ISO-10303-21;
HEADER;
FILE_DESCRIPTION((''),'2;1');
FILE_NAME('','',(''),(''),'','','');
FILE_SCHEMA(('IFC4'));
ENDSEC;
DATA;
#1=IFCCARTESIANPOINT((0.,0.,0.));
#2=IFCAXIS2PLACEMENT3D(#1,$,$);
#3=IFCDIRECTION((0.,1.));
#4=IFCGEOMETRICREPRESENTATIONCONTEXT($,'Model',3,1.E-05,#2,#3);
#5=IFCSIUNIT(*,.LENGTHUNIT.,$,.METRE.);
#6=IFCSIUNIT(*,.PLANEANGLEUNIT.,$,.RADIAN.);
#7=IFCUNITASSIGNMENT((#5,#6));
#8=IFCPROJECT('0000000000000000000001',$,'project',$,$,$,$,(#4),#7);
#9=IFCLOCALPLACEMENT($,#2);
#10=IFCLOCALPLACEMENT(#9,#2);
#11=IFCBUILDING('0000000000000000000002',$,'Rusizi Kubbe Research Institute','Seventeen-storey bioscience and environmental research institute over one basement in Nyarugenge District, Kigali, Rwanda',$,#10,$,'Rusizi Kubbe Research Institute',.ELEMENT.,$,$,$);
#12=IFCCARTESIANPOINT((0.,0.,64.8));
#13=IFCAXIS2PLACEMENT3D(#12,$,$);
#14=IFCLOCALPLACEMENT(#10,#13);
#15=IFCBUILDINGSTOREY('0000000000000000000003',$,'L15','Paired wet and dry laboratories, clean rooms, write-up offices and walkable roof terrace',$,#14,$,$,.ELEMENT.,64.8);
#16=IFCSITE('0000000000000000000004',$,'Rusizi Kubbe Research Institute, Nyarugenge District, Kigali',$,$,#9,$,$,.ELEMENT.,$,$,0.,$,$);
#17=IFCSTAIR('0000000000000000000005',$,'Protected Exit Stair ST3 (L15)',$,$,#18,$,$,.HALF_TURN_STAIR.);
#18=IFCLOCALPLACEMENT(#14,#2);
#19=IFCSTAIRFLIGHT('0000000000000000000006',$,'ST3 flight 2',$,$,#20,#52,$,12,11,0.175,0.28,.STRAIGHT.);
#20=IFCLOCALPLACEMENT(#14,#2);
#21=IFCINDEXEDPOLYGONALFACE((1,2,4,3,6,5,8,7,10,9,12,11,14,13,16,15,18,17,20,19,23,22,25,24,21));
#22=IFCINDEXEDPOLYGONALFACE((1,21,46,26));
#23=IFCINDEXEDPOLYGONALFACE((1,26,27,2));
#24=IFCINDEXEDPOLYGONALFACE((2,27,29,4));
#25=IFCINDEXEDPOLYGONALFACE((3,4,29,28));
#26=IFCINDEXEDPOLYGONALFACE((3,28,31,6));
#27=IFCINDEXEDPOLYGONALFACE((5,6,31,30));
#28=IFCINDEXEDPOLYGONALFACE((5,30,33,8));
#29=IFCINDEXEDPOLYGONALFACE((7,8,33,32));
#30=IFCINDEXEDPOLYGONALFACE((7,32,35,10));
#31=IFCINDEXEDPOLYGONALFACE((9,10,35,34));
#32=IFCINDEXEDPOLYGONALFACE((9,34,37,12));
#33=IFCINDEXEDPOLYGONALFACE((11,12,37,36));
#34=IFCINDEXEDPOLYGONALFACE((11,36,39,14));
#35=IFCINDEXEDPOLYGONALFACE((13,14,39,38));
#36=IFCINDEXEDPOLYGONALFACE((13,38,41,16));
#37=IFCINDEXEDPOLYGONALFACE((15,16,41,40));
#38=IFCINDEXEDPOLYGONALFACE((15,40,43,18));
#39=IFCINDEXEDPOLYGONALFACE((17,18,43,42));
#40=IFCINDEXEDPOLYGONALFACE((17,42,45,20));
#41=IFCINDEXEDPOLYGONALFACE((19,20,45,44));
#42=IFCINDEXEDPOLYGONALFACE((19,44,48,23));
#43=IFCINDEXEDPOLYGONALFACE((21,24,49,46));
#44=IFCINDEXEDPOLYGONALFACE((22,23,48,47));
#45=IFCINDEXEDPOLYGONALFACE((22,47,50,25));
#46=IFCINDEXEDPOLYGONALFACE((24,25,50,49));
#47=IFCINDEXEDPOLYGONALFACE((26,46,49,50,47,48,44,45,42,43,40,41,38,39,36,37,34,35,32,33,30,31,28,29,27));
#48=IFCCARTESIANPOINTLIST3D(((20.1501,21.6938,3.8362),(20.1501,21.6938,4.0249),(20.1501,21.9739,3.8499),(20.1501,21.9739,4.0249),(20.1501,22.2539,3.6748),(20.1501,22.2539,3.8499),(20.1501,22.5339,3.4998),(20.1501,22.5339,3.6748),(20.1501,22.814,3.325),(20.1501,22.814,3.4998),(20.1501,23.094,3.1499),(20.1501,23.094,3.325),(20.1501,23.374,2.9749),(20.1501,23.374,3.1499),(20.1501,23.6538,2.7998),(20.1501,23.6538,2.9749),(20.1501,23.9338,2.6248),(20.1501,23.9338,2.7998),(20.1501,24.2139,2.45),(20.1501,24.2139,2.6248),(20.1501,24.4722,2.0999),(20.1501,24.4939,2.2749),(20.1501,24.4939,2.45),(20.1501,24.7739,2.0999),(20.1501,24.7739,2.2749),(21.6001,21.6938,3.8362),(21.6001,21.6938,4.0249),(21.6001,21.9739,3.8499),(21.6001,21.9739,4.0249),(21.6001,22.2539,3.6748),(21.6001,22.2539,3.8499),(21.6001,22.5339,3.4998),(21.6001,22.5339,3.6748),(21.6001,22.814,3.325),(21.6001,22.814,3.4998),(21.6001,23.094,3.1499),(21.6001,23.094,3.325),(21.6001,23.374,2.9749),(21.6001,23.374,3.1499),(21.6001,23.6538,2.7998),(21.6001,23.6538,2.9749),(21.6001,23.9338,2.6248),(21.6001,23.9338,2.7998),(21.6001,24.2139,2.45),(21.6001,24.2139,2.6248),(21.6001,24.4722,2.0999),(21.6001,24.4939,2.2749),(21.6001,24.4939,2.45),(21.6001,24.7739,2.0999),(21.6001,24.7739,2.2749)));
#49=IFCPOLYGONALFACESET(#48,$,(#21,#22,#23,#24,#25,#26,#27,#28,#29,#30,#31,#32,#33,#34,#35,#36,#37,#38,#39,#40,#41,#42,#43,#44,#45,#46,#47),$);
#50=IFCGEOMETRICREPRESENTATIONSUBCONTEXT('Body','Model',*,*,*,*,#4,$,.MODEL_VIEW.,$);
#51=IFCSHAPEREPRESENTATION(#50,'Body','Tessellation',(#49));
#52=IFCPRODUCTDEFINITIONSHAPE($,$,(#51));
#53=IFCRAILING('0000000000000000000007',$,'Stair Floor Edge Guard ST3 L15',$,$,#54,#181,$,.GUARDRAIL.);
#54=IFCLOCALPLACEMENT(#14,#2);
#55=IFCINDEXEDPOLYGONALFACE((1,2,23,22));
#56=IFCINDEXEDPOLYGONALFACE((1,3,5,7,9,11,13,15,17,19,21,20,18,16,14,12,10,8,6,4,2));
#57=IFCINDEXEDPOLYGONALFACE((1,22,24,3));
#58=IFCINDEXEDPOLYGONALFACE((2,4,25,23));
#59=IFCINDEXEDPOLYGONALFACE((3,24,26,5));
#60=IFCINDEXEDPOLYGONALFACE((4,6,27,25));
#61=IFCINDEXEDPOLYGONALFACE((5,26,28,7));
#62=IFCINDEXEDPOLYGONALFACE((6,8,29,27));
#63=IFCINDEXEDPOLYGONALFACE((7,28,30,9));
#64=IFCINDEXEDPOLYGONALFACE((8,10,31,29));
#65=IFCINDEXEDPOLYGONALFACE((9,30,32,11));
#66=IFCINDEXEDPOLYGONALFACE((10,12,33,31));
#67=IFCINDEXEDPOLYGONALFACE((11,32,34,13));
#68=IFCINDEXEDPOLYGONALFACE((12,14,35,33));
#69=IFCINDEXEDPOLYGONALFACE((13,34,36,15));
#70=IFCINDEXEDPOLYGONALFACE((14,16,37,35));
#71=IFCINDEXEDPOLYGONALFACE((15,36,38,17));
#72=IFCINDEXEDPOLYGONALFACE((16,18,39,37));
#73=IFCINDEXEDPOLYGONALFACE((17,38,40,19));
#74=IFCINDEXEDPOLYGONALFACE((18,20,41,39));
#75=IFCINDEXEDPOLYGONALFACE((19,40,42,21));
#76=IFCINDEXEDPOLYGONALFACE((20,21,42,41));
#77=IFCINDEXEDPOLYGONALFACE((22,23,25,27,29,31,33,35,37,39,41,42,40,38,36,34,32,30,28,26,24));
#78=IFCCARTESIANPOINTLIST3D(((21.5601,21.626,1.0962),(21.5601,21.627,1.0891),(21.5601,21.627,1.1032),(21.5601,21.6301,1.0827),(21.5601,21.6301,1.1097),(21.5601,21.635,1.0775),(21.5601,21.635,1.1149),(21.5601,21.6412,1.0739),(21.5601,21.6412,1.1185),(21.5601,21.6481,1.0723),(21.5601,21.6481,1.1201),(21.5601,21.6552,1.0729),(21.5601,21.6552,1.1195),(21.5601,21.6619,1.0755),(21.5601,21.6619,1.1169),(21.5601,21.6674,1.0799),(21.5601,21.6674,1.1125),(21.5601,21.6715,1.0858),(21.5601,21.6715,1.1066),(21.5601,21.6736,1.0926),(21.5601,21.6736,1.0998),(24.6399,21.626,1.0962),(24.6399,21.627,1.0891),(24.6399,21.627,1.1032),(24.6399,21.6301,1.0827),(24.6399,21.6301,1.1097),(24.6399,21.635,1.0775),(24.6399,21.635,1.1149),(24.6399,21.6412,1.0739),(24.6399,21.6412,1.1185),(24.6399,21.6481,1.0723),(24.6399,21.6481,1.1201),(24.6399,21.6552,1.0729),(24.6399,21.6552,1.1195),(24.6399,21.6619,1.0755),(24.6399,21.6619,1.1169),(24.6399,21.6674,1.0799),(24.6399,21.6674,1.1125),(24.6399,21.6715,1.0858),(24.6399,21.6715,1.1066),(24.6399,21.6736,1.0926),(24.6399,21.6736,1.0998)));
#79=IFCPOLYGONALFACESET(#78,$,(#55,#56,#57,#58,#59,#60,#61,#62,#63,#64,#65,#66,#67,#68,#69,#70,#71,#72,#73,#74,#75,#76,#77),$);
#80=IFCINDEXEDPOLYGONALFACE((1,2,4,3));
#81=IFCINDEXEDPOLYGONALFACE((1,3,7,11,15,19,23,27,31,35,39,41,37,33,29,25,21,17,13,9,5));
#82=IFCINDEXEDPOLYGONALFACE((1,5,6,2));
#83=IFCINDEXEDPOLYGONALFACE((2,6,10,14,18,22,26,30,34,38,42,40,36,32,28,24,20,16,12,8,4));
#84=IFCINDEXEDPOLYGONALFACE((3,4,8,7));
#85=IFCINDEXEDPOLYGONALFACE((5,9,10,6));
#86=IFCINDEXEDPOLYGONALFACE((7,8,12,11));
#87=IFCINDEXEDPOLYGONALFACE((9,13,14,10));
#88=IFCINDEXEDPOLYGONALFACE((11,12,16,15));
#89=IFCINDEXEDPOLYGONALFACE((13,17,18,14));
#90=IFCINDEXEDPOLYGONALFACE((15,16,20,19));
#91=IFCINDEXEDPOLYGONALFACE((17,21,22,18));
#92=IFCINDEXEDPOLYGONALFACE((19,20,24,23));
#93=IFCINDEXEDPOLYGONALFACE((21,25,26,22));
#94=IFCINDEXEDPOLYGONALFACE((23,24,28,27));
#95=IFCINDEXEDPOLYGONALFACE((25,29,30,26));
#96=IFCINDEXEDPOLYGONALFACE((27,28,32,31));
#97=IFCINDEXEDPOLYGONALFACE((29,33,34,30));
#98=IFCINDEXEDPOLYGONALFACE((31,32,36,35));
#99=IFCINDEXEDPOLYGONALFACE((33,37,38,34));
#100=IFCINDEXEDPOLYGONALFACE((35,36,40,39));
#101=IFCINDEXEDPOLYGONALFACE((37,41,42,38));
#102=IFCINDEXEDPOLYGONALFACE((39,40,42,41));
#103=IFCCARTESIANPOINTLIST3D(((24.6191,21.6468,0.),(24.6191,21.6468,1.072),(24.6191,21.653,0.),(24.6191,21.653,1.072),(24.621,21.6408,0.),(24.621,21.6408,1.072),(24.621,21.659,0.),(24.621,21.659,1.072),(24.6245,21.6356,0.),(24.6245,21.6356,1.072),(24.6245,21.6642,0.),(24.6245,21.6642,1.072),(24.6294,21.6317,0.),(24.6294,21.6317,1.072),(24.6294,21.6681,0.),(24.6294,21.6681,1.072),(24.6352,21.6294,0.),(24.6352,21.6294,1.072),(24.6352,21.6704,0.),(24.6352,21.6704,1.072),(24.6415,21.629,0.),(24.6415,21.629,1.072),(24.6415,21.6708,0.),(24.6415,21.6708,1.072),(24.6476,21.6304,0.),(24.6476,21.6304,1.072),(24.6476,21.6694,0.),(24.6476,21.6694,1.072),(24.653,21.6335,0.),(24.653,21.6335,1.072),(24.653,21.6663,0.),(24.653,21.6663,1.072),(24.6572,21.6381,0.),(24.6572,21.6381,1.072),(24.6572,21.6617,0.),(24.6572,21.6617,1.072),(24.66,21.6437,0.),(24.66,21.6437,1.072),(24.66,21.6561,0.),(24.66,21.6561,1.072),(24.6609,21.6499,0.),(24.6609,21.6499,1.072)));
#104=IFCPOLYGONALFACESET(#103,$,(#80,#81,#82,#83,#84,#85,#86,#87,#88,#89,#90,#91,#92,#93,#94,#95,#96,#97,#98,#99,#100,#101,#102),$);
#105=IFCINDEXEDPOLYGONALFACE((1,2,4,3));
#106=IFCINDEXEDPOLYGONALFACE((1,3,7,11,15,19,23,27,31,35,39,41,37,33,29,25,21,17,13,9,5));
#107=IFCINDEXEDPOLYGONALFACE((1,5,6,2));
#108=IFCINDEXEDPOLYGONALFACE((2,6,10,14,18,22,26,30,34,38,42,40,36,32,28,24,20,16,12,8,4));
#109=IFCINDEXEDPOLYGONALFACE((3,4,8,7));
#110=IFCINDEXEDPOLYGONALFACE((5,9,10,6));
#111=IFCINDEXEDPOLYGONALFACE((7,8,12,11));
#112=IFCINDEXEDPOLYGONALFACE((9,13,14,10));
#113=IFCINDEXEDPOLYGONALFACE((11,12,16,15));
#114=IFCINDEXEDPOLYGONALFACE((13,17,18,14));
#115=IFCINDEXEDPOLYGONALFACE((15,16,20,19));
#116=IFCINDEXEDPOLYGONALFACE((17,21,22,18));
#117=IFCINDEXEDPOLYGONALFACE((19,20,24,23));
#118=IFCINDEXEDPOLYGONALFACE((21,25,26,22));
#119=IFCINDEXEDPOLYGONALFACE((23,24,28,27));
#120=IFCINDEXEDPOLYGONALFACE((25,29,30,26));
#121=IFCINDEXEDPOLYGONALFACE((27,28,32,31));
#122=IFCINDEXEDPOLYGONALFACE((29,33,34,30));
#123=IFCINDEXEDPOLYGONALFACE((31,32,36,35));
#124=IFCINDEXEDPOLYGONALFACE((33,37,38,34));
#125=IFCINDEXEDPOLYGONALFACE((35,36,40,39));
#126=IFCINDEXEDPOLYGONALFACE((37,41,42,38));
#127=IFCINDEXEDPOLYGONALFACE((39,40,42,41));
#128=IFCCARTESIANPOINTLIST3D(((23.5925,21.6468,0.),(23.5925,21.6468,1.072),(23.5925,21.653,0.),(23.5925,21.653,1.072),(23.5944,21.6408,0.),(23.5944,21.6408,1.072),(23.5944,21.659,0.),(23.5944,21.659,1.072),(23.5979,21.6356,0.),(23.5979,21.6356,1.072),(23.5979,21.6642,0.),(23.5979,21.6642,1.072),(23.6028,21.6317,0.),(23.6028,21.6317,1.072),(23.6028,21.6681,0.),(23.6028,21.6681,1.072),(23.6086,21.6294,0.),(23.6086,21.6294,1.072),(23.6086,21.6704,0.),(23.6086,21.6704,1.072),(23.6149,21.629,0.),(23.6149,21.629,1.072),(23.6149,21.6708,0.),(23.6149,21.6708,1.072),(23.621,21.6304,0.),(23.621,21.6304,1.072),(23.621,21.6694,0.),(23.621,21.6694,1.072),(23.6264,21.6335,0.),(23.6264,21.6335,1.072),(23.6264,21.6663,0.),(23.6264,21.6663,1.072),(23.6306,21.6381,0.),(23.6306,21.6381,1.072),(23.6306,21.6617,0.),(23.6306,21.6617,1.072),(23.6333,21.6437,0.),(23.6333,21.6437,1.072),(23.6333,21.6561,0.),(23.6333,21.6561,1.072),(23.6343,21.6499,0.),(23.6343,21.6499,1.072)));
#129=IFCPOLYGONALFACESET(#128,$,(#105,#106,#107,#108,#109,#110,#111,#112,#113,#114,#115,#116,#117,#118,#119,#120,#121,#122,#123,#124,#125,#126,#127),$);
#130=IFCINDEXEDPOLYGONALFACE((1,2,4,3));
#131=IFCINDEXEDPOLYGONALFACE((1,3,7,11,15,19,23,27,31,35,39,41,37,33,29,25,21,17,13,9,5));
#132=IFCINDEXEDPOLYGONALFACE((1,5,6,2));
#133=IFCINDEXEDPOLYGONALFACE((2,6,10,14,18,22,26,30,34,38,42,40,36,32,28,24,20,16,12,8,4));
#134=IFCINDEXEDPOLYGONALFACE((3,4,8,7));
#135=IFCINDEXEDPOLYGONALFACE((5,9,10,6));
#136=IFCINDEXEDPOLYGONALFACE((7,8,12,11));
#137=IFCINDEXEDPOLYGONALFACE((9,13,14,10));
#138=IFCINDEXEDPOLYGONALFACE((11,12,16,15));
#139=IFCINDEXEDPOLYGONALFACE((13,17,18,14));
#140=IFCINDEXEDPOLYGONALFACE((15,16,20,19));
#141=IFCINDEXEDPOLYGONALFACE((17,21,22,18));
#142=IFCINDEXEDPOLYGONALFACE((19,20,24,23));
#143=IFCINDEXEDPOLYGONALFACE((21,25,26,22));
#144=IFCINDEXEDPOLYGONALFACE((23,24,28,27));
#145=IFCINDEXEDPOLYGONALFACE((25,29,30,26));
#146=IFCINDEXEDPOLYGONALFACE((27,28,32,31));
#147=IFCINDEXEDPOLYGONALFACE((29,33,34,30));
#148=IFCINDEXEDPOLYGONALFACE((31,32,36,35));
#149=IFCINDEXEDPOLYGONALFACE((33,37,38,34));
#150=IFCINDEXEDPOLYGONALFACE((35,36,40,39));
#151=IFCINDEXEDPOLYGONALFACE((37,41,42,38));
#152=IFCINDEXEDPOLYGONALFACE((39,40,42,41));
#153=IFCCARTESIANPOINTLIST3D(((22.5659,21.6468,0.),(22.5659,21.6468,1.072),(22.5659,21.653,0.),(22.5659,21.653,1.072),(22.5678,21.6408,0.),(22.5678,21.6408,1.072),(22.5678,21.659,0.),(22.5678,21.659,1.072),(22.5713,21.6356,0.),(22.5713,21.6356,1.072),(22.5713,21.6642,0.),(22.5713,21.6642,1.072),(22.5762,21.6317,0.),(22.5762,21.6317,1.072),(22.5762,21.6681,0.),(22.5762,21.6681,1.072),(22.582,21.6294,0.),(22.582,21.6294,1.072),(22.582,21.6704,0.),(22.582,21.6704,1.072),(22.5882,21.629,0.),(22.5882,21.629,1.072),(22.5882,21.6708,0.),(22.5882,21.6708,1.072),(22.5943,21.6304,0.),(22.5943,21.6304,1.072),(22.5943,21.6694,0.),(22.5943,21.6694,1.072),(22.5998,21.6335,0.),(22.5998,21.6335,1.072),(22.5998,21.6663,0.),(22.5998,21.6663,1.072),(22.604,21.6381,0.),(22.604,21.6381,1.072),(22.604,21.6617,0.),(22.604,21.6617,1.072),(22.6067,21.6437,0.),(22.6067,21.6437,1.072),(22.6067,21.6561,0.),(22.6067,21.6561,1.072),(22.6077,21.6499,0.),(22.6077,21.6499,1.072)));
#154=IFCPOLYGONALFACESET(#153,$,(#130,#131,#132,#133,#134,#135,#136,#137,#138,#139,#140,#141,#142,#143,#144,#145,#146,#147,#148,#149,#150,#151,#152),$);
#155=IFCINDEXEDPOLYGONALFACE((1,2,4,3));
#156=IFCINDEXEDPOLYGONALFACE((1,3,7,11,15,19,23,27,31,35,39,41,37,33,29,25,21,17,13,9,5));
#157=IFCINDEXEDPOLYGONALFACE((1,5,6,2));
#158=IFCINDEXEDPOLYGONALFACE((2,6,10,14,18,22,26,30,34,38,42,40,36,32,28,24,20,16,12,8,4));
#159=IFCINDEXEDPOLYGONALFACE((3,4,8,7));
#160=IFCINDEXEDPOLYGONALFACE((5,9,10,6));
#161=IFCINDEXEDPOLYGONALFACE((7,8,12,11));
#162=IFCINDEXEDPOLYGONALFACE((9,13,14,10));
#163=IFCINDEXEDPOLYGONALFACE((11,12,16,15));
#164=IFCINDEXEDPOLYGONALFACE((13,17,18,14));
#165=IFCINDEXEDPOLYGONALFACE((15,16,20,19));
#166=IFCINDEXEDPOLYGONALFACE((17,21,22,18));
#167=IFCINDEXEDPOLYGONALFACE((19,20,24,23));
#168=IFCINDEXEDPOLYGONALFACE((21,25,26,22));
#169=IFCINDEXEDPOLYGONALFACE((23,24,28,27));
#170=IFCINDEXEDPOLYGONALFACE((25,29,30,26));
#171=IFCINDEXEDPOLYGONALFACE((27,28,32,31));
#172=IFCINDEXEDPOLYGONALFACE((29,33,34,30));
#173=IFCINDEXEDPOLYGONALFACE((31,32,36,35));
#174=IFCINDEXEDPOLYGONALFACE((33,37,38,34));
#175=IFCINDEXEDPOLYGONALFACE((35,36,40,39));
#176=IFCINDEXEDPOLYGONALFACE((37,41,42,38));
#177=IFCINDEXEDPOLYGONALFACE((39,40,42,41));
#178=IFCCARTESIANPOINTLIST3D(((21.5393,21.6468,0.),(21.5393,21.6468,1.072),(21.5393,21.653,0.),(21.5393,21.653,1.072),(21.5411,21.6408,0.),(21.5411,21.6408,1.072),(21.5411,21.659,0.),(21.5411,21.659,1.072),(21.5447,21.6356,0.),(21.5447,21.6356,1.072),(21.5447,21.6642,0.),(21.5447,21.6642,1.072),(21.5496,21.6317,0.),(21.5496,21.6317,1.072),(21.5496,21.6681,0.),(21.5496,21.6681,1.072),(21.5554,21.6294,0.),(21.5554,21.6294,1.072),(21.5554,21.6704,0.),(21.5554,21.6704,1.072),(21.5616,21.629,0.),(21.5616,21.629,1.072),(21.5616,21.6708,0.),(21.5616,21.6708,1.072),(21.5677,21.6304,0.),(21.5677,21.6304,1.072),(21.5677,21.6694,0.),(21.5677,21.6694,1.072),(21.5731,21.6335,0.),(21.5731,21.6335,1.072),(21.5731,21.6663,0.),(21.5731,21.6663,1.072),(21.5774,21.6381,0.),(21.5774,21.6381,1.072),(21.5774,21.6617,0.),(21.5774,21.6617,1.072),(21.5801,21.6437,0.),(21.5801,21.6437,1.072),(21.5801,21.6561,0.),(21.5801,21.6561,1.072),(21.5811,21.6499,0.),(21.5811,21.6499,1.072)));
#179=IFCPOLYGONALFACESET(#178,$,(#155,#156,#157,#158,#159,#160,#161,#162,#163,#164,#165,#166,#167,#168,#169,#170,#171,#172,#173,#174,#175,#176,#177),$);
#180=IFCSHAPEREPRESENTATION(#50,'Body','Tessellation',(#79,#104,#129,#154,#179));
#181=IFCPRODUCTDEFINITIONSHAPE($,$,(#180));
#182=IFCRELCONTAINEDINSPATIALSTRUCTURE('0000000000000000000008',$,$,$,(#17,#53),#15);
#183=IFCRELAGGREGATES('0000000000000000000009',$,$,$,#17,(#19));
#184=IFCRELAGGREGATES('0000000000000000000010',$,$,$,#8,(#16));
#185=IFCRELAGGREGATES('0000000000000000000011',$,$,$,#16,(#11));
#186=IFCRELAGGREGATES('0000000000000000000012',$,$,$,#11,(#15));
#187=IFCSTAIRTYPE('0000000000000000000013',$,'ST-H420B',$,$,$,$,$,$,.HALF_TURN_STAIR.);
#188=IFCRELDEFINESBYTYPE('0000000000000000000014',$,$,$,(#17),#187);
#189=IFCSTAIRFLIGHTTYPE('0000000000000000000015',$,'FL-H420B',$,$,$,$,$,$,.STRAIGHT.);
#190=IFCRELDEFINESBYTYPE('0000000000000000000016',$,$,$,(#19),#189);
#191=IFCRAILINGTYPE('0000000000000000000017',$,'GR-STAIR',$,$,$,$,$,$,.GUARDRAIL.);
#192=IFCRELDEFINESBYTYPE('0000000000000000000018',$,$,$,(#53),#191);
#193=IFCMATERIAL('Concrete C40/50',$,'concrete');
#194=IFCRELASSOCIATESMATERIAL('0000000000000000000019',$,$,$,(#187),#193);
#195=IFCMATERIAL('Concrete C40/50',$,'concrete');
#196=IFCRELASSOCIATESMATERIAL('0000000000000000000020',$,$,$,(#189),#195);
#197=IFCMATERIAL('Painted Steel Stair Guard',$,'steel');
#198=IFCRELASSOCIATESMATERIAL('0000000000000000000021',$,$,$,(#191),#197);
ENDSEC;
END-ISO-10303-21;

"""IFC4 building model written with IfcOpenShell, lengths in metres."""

from ifc_helpers import new_model, si_unit, direction, frame, origin, origin_2d, place, context, subcontext, project, spatial, polyline, circle, outline, extrude, material, type_object, element, aggregate, save


model = new_model("IFC4")

# Units and contexts
model_context = context("Model", 3, precision=1e-05, world=origin(), true_north=direction((0.0, 1.0)))
body_context = subcontext(model_context, "Body", "Model", "MODEL_VIEW")
ifc_project = project(units=[si_unit("LENGTHUNIT", "METRE"), si_unit("PLANEANGLEUNIT", "RADIAN")], contexts=[model_context])

# Site, building, storey
site_placement = place(None, origin())
site = spatial("IfcSite", under=ifc_project, at=site_placement, Name="Rusizi Kubbe Research Institute, Nyarugenge District, Kigali", CompositionType="ELEMENT", RefElevation=0.0)
building_placement = place(site_placement, origin())
building = spatial("IfcBuilding", under=site, at=building_placement, Name="Rusizi Kubbe Research Institute", Description="Seventeen-storey bioscience and environmental research institute over one basement in Nyarugenge District, Kigali, Rwanda", LongName="Rusizi Kubbe Research Institute", CompositionType="ELEMENT")
storey_placement = place(building_placement, frame((0.0, 0.0, 64.8)))
storey = spatial("IfcBuildingStorey", under=building, at=storey_placement, Name="L15", Description="Paired wet and dry laboratories, clean rooms, write-up offices and walkable roof terrace", CompositionType="ELEMENT", Elevation=64.8)

# Stair, stair flight
ifc_material_1 = material(Name="Concrete C40/50", Category="concrete")
stair_type = type_object("IfcStairType", Name="ST-H420B", PredefinedType="HALF_TURN_STAIR", material=ifc_material_1)
stair_placement = place(storey_placement, origin())
stair = element("IfcStair", 1, at=stair_placement, inside=storey, type_object=stair_type, Name="Protected Exit Stair ST3 (L15)", PredefinedType="HALF_TURN_STAIR")
ifc_material_2 = material(Name="Concrete C40/50", Category="concrete")
stair_flight_type = type_object("IfcStairFlightType", Name="FL-H420B", PredefinedType="STRAIGHT", material=ifc_material_2)
stair_flight_1_placement = place(storey_placement, frame((20.875, 24.7739, 2.0999), z_axis=(0.0, 0.0, 1.0), x_axis=(0.0, -1.0, 0.0)))
stair_flight_1 = element("IfcStairFlight", 2, at=stair_flight_1_placement, type_object=stair_flight_type, Name="ST3 flight 2", NumberOfRisers=12, NumberOfTreads=11, PredefinedType="STRAIGHT", RiserHeight=0.175, TreadLength=0.28, context=body_context, shape_type="SweptSolid", body=[
    extrude(outline(polyline([(0.0, 0.0), (0.0, 0.175), (0.28, 0.175), (0.28, 0.3501), (0.5601, 0.3501), (0.5601, 0.5249), (0.8401, 0.5249), (0.8401, 0.7), (1.1201, 0.7), (1.1201, 0.875), (1.3999, 0.875), (1.3999, 1.05), (1.6799, 1.05), (1.6799, 1.2251), (1.96, 1.2251), (1.96, 1.3999), (2.24, 1.3999), (2.24, 1.575), (2.52, 1.575), (2.52, 1.75), (2.8, 1.75), (2.8, 1.925), (3.0801, 1.925), (3.0801, 2.1001), (3.0801, 1.7363), (0.3018, 0.0), (0.0, 0.0)])), frame((0.0, 0.7251, 0.0), z_axis=(0.0, -1.0, 0.0), x_axis=(1.0, 0.0, 0.0)), (0.0, 0.0, 1.0), 1.45),
])
aggregate(stair, [stair_flight_1])

# Railing
ifc_material_3 = material(Name="Painted Steel Stair Guard", Category="steel")
railing_type_1 = type_object("IfcRailingType", Name="GR-STAIR", PredefinedType="GUARDRAIL", material=ifc_material_3)
railing_1_placement = place(storey_placement, frame((24.6399, 21.6499, 0.0)))
element("IfcRailing", 3, at=railing_1_placement, inside=storey, type_object=railing_type_1, Name="Stair Floor Edge Guard ST3 L15", PredefinedType="GUARDRAIL", context=body_context, shape_type="SweptSolid", body=[
    extrude(circle(Radius=0.0239, at=origin_2d()), frame((0.0, 0.0, 1.0962), z_axis=(-1.0, 0.0, 0.0), x_axis=(0.0, -1.0, 0.0)), (0.0, 0.0, 1.0), 3.0798),
    extrude(circle(Radius=0.021, at=origin_2d()), origin(), (0.0, 0.0, 1.0), 1.072),
    extrude(circle(Radius=0.021, at=origin_2d()), frame((-1.0266, 0.0, 0.0)), (0.0, 0.0, 1.0), 1.072),
    extrude(circle(Radius=0.021, at=origin_2d()), frame((-2.0532, 0.0, 0.0)), (0.0, 0.0, 1.0), 1.072),
    extrude(circle(Radius=0.021, at=origin_2d()), frame((-3.0798, 0.0, 0.0)), (0.0, 0.0, 1.0), 1.072),
])

save(model, "model.ifc")
